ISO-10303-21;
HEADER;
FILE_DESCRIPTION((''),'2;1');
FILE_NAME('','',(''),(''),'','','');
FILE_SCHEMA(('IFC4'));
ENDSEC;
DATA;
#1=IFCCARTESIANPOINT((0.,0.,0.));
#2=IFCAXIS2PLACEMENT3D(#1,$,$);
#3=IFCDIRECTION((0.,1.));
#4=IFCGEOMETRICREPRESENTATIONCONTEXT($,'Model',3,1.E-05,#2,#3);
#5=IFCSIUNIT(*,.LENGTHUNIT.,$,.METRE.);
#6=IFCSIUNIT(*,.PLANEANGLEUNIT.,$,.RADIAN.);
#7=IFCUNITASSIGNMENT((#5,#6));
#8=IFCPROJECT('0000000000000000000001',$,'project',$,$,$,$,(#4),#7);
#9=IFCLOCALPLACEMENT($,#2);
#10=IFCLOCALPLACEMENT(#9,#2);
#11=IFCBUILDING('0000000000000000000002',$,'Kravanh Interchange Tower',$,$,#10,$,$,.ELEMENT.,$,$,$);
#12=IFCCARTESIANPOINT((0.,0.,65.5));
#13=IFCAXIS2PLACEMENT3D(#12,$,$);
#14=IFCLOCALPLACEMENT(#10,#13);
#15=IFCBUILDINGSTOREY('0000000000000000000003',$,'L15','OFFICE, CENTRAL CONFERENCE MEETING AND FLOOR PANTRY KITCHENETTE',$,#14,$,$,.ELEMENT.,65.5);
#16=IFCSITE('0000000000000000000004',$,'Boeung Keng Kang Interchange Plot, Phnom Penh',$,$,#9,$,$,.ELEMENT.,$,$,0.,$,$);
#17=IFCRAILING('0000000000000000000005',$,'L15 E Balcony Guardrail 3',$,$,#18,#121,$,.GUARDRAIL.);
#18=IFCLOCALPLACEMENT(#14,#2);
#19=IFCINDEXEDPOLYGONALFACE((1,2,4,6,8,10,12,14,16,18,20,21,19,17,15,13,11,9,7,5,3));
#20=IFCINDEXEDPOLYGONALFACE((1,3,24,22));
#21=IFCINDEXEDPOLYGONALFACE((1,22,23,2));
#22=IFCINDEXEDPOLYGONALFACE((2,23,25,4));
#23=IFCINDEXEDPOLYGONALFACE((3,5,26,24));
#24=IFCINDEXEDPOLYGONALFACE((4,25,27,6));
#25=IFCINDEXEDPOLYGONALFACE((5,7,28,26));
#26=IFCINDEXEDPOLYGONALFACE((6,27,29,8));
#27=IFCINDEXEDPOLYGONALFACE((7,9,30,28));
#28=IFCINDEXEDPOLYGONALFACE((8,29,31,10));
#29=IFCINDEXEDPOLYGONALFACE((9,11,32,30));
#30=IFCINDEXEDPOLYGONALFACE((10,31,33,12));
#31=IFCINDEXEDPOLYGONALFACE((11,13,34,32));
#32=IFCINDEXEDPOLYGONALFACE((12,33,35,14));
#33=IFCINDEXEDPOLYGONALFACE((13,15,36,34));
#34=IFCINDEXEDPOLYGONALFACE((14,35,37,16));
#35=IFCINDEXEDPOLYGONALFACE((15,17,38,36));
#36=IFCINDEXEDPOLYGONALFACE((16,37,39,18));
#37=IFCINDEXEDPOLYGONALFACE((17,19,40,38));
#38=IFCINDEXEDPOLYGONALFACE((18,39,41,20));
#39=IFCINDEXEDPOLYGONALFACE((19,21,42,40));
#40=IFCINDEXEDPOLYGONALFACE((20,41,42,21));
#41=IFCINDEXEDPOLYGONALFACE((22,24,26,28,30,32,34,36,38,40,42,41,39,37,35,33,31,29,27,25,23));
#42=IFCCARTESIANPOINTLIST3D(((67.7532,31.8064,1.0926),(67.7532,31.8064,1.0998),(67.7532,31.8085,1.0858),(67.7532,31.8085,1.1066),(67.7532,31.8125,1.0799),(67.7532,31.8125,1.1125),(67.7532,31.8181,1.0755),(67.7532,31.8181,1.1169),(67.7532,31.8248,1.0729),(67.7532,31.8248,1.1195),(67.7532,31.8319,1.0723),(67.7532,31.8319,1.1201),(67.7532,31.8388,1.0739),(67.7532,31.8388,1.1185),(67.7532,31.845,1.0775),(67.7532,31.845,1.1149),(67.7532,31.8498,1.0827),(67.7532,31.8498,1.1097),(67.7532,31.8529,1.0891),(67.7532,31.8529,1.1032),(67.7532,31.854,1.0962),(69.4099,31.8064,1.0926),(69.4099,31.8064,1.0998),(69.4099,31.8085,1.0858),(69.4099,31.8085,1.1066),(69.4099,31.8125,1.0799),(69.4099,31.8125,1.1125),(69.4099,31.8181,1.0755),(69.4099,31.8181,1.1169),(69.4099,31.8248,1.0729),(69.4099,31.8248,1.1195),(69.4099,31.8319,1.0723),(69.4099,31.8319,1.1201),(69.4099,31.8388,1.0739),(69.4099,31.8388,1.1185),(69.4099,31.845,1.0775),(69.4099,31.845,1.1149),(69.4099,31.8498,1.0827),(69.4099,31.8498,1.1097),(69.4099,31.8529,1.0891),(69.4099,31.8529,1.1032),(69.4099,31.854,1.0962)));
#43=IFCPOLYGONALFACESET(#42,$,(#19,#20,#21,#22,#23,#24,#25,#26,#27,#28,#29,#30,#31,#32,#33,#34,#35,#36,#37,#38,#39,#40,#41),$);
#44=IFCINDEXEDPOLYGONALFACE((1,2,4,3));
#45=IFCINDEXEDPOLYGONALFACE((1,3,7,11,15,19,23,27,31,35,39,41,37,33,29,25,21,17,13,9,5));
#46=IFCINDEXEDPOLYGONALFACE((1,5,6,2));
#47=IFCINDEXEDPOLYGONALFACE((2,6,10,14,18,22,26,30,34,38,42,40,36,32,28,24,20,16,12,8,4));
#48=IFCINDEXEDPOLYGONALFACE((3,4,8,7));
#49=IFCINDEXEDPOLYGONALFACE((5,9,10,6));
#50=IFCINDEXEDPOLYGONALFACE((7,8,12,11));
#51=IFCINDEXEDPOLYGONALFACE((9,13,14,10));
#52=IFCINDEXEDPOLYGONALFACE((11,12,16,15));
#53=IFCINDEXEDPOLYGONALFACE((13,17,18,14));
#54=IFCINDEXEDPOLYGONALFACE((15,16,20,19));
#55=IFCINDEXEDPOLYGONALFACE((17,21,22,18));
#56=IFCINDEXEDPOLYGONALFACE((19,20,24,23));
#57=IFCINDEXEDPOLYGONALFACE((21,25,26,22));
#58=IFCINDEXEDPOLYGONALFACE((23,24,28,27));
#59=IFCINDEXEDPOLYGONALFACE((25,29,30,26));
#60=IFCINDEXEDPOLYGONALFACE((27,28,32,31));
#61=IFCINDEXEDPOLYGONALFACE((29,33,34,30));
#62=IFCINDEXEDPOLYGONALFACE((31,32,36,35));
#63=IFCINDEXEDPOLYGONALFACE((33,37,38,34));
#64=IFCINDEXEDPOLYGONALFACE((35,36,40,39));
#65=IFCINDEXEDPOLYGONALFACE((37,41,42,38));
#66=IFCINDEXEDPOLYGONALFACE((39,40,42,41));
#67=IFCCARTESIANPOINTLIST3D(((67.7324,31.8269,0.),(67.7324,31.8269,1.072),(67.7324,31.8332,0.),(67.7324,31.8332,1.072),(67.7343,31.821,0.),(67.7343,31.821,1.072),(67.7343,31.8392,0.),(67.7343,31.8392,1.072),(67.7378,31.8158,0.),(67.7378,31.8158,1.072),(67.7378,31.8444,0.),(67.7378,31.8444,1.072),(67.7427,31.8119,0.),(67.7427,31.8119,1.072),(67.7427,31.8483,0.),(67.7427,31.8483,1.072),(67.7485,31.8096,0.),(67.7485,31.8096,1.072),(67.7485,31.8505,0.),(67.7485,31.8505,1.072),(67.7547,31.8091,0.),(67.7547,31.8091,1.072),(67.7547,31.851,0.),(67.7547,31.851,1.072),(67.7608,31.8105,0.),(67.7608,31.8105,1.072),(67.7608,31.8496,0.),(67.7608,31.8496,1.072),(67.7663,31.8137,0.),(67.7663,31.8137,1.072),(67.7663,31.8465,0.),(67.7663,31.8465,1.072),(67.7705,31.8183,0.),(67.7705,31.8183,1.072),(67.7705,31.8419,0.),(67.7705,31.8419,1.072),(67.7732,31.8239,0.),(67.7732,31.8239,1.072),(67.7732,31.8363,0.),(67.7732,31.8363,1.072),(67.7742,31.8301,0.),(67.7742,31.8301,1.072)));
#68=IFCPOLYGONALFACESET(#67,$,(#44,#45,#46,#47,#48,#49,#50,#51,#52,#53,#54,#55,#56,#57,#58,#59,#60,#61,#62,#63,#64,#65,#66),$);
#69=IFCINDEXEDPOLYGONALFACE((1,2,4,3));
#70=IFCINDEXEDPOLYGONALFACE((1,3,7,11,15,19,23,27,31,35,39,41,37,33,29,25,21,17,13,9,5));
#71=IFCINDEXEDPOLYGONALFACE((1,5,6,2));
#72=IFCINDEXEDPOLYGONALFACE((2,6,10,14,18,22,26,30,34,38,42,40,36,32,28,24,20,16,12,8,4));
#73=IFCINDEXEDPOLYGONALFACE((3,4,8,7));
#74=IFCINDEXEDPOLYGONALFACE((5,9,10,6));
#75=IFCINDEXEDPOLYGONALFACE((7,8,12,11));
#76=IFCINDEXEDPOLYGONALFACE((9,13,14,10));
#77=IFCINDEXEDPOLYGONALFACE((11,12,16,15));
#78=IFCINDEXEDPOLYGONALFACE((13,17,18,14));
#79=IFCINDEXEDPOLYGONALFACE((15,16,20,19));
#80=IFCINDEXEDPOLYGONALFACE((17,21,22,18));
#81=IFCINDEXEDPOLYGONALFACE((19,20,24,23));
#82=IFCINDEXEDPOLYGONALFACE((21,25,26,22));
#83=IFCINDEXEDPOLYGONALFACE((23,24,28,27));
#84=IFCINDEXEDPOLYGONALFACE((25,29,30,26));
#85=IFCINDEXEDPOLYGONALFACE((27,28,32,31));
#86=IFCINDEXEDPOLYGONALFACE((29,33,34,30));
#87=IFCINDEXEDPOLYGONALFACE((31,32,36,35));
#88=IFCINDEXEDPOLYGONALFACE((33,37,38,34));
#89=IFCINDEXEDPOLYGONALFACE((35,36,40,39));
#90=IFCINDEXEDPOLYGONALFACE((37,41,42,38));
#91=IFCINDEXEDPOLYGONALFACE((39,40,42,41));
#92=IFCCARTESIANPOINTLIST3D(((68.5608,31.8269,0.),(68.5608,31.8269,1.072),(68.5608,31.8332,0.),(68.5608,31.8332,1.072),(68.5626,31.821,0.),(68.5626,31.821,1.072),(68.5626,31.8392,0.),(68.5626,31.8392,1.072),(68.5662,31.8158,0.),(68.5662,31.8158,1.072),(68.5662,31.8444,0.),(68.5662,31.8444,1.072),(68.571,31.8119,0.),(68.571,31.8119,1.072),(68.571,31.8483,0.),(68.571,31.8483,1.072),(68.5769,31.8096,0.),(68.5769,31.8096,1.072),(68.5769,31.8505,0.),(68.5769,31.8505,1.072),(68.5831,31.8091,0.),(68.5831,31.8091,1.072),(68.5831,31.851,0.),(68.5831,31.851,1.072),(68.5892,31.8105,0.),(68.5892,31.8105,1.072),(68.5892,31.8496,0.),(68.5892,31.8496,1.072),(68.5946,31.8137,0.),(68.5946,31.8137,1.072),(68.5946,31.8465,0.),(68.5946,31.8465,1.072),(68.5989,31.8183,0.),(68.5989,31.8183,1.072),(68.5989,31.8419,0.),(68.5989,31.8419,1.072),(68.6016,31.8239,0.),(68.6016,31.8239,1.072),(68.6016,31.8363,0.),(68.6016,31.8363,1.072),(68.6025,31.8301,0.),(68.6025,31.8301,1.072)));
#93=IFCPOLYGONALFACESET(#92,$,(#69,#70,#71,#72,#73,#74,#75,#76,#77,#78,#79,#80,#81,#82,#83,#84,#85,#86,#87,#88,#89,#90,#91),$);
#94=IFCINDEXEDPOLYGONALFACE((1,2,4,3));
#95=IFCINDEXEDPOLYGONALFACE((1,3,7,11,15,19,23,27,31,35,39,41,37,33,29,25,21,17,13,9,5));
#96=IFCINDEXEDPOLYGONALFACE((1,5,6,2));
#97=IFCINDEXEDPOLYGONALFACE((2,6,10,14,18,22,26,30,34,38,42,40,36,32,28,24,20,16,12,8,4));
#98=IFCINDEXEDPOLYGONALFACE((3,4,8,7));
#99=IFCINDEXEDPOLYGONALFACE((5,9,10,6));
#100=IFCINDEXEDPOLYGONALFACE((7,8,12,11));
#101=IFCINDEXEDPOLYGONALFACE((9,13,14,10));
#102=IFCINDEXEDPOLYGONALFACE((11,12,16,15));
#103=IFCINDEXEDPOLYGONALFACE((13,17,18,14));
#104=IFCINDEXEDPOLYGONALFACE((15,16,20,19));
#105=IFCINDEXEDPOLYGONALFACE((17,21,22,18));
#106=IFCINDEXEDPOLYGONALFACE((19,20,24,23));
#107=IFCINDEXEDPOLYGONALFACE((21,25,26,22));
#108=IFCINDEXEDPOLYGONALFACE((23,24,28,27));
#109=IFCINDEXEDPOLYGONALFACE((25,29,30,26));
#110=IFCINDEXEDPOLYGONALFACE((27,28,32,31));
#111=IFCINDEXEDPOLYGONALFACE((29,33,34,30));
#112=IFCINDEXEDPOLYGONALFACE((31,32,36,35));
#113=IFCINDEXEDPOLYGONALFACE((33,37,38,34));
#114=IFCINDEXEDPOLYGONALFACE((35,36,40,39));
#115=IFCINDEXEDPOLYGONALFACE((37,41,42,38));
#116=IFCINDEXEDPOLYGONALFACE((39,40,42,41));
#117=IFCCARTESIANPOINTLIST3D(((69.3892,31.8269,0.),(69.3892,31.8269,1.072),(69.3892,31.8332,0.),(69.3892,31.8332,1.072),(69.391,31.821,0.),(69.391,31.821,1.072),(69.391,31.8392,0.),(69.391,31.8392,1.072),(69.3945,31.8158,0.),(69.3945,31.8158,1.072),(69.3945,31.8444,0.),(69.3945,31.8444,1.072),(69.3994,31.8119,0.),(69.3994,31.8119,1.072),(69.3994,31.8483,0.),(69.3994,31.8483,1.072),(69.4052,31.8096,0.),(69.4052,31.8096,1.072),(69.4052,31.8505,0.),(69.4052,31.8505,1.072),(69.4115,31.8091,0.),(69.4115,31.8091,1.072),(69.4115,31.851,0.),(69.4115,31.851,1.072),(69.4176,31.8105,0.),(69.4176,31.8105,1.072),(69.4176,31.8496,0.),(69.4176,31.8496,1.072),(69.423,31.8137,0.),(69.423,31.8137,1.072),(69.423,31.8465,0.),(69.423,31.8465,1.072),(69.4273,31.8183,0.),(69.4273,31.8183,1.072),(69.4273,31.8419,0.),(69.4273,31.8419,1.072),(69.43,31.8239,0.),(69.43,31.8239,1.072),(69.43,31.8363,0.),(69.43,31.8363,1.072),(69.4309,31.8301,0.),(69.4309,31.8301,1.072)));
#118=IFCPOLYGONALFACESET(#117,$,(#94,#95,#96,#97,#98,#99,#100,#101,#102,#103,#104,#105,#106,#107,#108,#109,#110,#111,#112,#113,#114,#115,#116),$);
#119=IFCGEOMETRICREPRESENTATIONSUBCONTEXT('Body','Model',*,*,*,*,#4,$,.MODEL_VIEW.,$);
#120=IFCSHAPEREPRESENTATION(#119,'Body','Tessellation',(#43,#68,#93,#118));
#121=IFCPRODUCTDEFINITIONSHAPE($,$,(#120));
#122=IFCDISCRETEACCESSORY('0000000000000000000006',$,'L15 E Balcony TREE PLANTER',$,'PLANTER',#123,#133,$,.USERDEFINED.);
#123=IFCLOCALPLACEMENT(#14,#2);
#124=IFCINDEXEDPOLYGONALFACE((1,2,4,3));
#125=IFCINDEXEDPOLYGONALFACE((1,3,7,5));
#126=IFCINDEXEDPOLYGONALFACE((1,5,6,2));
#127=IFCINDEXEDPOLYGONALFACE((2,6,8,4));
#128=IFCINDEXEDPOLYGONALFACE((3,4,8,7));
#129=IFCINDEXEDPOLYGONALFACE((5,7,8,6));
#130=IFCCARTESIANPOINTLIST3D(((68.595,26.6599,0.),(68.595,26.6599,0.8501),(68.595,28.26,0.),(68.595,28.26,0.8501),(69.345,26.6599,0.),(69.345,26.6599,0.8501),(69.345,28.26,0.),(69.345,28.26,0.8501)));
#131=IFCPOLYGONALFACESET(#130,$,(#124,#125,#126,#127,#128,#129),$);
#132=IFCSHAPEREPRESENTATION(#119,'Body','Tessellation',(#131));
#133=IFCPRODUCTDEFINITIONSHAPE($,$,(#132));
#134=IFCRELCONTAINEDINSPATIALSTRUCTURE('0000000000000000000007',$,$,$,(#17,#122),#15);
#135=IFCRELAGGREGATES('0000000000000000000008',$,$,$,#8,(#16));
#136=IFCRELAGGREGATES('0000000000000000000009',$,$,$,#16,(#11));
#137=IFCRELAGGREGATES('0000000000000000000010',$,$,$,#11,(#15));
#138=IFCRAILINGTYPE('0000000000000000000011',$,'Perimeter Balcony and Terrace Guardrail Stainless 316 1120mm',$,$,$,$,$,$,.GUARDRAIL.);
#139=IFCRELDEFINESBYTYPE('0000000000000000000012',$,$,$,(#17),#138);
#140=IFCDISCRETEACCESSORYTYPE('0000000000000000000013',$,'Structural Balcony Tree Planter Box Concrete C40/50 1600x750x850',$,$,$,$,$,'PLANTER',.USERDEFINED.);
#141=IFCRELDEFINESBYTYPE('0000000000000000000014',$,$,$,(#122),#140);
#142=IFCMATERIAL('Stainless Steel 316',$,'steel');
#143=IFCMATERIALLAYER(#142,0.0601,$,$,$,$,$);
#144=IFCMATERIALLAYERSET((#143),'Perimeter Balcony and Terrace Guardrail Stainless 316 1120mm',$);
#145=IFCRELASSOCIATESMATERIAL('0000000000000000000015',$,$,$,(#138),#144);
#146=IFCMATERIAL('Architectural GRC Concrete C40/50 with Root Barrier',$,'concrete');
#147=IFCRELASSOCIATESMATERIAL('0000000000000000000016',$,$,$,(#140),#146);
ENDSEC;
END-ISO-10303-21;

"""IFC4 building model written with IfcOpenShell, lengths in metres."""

from ifc_helpers import new_model, si_unit, direction, frame, origin, origin_2d, place, context, subcontext, project, spatial, rectangle, circle, extrude, material, layer, layer_set, type_object, element, save


model = new_model("IFC4")

# Units and contexts
model_context = context("Model", 3, precision=1e-05, world=origin(), true_north=direction((0.0, 1.0)))
body_context = subcontext(model_context, "Body", "Model", "MODEL_VIEW")
ifc_project = project(units=[si_unit("LENGTHUNIT", "METRE"), si_unit("PLANEANGLEUNIT", "RADIAN")], contexts=[model_context])

# Site, building, storey
site_placement = place(None, origin())
site = spatial("IfcSite", under=ifc_project, at=site_placement, Name="Boeung Keng Kang Interchange Plot, Phnom Penh", CompositionType="ELEMENT", RefElevation=0.0)
building_placement = place(site_placement, origin())
building = spatial("IfcBuilding", under=site, at=building_placement, Name="Kravanh Interchange Tower", CompositionType="ELEMENT")
storey_placement = place(building_placement, frame((0.0, 0.0, 65.5)))
storey = spatial("IfcBuildingStorey", under=building, at=storey_placement, Name="L15", Description="OFFICE, CENTRAL CONFERENCE MEETING AND FLOOR PANTRY KITCHENETTE", CompositionType="ELEMENT", Elevation=65.5)

# Railing
ifc_material_1 = material(Name="Stainless Steel 316", Category="steel")
ifc_layer_1 = layer(ifc_material_1, 0.0601)
ifc_layer_set_1 = layer_set([ifc_layer_1], Name="Perimeter Balcony and Terrace Guardrail Stainless 316 1120mm")
railing_type = type_object("IfcRailingType", Name="Perimeter Balcony and Terrace Guardrail Stainless 316 1120mm", PredefinedType="GUARDRAIL", material=ifc_layer_set_1)
railing_1_placement = place(storey_placement, frame((67.7532, 31.8301, 0.0)))
element("IfcRailing", 1, at=railing_1_placement, inside=storey, type_object=railing_type, Name="L15 E Balcony Guardrail 3", PredefinedType="GUARDRAIL", context=body_context, shape_type="SweptSolid", body=[
    extrude(circle(Radius=0.0239, at=origin_2d()), frame((0.0, 0.0, 1.0962), z_axis=(1.0, 0.0, 0.0), x_axis=(0.0, 1.0, 0.0)), (0.0, 0.0, 1.0), 1.6567),
    extrude(circle(Radius=0.021, at=origin_2d()), origin(), (0.0, 0.0, 1.0), 1.072),
    extrude(circle(Radius=0.021, at=origin_2d()), frame((0.8284, 0.0, 0.0)), (0.0, 0.0, 1.0), 1.072),
    extrude(circle(Radius=0.021, at=origin_2d()), frame((1.6567, 0.0, 0.0)), (0.0, 0.0, 1.0), 1.072),
])

# Discrete accessory
ifc_material_2 = material(Name="Architectural GRC Concrete C40/50 with Root Barrier", Category="concrete")
discrete_accessory_type = type_object("IfcDiscreteAccessoryType", Name="Structural Balcony Tree Planter Box Concrete C40/50 1600x750x850", ElementType="PLANTER", PredefinedType="USERDEFINED", material=ifc_material_2)
discrete_accessory_placement = place(storey_placement, frame((68.97, 27.46, 0.0), z_axis=(0.0, 0.0, 1.0), x_axis=(1.0, 0.0, 0.0)))
element("IfcDiscreteAccessory", 2, at=discrete_accessory_placement, inside=storey, type_object=discrete_accessory_type, Name="L15 E Balcony TREE PLANTER", ObjectType="PLANTER", PredefinedType="USERDEFINED", context=body_context, shape_type="SweptSolid", body=[
    extrude(rectangle(XDim=0.75, YDim=1.6001, at=origin_2d()), origin(), (0.0, 0.0, 1.0), 0.8501),
])

save(model, "model.ifc")
